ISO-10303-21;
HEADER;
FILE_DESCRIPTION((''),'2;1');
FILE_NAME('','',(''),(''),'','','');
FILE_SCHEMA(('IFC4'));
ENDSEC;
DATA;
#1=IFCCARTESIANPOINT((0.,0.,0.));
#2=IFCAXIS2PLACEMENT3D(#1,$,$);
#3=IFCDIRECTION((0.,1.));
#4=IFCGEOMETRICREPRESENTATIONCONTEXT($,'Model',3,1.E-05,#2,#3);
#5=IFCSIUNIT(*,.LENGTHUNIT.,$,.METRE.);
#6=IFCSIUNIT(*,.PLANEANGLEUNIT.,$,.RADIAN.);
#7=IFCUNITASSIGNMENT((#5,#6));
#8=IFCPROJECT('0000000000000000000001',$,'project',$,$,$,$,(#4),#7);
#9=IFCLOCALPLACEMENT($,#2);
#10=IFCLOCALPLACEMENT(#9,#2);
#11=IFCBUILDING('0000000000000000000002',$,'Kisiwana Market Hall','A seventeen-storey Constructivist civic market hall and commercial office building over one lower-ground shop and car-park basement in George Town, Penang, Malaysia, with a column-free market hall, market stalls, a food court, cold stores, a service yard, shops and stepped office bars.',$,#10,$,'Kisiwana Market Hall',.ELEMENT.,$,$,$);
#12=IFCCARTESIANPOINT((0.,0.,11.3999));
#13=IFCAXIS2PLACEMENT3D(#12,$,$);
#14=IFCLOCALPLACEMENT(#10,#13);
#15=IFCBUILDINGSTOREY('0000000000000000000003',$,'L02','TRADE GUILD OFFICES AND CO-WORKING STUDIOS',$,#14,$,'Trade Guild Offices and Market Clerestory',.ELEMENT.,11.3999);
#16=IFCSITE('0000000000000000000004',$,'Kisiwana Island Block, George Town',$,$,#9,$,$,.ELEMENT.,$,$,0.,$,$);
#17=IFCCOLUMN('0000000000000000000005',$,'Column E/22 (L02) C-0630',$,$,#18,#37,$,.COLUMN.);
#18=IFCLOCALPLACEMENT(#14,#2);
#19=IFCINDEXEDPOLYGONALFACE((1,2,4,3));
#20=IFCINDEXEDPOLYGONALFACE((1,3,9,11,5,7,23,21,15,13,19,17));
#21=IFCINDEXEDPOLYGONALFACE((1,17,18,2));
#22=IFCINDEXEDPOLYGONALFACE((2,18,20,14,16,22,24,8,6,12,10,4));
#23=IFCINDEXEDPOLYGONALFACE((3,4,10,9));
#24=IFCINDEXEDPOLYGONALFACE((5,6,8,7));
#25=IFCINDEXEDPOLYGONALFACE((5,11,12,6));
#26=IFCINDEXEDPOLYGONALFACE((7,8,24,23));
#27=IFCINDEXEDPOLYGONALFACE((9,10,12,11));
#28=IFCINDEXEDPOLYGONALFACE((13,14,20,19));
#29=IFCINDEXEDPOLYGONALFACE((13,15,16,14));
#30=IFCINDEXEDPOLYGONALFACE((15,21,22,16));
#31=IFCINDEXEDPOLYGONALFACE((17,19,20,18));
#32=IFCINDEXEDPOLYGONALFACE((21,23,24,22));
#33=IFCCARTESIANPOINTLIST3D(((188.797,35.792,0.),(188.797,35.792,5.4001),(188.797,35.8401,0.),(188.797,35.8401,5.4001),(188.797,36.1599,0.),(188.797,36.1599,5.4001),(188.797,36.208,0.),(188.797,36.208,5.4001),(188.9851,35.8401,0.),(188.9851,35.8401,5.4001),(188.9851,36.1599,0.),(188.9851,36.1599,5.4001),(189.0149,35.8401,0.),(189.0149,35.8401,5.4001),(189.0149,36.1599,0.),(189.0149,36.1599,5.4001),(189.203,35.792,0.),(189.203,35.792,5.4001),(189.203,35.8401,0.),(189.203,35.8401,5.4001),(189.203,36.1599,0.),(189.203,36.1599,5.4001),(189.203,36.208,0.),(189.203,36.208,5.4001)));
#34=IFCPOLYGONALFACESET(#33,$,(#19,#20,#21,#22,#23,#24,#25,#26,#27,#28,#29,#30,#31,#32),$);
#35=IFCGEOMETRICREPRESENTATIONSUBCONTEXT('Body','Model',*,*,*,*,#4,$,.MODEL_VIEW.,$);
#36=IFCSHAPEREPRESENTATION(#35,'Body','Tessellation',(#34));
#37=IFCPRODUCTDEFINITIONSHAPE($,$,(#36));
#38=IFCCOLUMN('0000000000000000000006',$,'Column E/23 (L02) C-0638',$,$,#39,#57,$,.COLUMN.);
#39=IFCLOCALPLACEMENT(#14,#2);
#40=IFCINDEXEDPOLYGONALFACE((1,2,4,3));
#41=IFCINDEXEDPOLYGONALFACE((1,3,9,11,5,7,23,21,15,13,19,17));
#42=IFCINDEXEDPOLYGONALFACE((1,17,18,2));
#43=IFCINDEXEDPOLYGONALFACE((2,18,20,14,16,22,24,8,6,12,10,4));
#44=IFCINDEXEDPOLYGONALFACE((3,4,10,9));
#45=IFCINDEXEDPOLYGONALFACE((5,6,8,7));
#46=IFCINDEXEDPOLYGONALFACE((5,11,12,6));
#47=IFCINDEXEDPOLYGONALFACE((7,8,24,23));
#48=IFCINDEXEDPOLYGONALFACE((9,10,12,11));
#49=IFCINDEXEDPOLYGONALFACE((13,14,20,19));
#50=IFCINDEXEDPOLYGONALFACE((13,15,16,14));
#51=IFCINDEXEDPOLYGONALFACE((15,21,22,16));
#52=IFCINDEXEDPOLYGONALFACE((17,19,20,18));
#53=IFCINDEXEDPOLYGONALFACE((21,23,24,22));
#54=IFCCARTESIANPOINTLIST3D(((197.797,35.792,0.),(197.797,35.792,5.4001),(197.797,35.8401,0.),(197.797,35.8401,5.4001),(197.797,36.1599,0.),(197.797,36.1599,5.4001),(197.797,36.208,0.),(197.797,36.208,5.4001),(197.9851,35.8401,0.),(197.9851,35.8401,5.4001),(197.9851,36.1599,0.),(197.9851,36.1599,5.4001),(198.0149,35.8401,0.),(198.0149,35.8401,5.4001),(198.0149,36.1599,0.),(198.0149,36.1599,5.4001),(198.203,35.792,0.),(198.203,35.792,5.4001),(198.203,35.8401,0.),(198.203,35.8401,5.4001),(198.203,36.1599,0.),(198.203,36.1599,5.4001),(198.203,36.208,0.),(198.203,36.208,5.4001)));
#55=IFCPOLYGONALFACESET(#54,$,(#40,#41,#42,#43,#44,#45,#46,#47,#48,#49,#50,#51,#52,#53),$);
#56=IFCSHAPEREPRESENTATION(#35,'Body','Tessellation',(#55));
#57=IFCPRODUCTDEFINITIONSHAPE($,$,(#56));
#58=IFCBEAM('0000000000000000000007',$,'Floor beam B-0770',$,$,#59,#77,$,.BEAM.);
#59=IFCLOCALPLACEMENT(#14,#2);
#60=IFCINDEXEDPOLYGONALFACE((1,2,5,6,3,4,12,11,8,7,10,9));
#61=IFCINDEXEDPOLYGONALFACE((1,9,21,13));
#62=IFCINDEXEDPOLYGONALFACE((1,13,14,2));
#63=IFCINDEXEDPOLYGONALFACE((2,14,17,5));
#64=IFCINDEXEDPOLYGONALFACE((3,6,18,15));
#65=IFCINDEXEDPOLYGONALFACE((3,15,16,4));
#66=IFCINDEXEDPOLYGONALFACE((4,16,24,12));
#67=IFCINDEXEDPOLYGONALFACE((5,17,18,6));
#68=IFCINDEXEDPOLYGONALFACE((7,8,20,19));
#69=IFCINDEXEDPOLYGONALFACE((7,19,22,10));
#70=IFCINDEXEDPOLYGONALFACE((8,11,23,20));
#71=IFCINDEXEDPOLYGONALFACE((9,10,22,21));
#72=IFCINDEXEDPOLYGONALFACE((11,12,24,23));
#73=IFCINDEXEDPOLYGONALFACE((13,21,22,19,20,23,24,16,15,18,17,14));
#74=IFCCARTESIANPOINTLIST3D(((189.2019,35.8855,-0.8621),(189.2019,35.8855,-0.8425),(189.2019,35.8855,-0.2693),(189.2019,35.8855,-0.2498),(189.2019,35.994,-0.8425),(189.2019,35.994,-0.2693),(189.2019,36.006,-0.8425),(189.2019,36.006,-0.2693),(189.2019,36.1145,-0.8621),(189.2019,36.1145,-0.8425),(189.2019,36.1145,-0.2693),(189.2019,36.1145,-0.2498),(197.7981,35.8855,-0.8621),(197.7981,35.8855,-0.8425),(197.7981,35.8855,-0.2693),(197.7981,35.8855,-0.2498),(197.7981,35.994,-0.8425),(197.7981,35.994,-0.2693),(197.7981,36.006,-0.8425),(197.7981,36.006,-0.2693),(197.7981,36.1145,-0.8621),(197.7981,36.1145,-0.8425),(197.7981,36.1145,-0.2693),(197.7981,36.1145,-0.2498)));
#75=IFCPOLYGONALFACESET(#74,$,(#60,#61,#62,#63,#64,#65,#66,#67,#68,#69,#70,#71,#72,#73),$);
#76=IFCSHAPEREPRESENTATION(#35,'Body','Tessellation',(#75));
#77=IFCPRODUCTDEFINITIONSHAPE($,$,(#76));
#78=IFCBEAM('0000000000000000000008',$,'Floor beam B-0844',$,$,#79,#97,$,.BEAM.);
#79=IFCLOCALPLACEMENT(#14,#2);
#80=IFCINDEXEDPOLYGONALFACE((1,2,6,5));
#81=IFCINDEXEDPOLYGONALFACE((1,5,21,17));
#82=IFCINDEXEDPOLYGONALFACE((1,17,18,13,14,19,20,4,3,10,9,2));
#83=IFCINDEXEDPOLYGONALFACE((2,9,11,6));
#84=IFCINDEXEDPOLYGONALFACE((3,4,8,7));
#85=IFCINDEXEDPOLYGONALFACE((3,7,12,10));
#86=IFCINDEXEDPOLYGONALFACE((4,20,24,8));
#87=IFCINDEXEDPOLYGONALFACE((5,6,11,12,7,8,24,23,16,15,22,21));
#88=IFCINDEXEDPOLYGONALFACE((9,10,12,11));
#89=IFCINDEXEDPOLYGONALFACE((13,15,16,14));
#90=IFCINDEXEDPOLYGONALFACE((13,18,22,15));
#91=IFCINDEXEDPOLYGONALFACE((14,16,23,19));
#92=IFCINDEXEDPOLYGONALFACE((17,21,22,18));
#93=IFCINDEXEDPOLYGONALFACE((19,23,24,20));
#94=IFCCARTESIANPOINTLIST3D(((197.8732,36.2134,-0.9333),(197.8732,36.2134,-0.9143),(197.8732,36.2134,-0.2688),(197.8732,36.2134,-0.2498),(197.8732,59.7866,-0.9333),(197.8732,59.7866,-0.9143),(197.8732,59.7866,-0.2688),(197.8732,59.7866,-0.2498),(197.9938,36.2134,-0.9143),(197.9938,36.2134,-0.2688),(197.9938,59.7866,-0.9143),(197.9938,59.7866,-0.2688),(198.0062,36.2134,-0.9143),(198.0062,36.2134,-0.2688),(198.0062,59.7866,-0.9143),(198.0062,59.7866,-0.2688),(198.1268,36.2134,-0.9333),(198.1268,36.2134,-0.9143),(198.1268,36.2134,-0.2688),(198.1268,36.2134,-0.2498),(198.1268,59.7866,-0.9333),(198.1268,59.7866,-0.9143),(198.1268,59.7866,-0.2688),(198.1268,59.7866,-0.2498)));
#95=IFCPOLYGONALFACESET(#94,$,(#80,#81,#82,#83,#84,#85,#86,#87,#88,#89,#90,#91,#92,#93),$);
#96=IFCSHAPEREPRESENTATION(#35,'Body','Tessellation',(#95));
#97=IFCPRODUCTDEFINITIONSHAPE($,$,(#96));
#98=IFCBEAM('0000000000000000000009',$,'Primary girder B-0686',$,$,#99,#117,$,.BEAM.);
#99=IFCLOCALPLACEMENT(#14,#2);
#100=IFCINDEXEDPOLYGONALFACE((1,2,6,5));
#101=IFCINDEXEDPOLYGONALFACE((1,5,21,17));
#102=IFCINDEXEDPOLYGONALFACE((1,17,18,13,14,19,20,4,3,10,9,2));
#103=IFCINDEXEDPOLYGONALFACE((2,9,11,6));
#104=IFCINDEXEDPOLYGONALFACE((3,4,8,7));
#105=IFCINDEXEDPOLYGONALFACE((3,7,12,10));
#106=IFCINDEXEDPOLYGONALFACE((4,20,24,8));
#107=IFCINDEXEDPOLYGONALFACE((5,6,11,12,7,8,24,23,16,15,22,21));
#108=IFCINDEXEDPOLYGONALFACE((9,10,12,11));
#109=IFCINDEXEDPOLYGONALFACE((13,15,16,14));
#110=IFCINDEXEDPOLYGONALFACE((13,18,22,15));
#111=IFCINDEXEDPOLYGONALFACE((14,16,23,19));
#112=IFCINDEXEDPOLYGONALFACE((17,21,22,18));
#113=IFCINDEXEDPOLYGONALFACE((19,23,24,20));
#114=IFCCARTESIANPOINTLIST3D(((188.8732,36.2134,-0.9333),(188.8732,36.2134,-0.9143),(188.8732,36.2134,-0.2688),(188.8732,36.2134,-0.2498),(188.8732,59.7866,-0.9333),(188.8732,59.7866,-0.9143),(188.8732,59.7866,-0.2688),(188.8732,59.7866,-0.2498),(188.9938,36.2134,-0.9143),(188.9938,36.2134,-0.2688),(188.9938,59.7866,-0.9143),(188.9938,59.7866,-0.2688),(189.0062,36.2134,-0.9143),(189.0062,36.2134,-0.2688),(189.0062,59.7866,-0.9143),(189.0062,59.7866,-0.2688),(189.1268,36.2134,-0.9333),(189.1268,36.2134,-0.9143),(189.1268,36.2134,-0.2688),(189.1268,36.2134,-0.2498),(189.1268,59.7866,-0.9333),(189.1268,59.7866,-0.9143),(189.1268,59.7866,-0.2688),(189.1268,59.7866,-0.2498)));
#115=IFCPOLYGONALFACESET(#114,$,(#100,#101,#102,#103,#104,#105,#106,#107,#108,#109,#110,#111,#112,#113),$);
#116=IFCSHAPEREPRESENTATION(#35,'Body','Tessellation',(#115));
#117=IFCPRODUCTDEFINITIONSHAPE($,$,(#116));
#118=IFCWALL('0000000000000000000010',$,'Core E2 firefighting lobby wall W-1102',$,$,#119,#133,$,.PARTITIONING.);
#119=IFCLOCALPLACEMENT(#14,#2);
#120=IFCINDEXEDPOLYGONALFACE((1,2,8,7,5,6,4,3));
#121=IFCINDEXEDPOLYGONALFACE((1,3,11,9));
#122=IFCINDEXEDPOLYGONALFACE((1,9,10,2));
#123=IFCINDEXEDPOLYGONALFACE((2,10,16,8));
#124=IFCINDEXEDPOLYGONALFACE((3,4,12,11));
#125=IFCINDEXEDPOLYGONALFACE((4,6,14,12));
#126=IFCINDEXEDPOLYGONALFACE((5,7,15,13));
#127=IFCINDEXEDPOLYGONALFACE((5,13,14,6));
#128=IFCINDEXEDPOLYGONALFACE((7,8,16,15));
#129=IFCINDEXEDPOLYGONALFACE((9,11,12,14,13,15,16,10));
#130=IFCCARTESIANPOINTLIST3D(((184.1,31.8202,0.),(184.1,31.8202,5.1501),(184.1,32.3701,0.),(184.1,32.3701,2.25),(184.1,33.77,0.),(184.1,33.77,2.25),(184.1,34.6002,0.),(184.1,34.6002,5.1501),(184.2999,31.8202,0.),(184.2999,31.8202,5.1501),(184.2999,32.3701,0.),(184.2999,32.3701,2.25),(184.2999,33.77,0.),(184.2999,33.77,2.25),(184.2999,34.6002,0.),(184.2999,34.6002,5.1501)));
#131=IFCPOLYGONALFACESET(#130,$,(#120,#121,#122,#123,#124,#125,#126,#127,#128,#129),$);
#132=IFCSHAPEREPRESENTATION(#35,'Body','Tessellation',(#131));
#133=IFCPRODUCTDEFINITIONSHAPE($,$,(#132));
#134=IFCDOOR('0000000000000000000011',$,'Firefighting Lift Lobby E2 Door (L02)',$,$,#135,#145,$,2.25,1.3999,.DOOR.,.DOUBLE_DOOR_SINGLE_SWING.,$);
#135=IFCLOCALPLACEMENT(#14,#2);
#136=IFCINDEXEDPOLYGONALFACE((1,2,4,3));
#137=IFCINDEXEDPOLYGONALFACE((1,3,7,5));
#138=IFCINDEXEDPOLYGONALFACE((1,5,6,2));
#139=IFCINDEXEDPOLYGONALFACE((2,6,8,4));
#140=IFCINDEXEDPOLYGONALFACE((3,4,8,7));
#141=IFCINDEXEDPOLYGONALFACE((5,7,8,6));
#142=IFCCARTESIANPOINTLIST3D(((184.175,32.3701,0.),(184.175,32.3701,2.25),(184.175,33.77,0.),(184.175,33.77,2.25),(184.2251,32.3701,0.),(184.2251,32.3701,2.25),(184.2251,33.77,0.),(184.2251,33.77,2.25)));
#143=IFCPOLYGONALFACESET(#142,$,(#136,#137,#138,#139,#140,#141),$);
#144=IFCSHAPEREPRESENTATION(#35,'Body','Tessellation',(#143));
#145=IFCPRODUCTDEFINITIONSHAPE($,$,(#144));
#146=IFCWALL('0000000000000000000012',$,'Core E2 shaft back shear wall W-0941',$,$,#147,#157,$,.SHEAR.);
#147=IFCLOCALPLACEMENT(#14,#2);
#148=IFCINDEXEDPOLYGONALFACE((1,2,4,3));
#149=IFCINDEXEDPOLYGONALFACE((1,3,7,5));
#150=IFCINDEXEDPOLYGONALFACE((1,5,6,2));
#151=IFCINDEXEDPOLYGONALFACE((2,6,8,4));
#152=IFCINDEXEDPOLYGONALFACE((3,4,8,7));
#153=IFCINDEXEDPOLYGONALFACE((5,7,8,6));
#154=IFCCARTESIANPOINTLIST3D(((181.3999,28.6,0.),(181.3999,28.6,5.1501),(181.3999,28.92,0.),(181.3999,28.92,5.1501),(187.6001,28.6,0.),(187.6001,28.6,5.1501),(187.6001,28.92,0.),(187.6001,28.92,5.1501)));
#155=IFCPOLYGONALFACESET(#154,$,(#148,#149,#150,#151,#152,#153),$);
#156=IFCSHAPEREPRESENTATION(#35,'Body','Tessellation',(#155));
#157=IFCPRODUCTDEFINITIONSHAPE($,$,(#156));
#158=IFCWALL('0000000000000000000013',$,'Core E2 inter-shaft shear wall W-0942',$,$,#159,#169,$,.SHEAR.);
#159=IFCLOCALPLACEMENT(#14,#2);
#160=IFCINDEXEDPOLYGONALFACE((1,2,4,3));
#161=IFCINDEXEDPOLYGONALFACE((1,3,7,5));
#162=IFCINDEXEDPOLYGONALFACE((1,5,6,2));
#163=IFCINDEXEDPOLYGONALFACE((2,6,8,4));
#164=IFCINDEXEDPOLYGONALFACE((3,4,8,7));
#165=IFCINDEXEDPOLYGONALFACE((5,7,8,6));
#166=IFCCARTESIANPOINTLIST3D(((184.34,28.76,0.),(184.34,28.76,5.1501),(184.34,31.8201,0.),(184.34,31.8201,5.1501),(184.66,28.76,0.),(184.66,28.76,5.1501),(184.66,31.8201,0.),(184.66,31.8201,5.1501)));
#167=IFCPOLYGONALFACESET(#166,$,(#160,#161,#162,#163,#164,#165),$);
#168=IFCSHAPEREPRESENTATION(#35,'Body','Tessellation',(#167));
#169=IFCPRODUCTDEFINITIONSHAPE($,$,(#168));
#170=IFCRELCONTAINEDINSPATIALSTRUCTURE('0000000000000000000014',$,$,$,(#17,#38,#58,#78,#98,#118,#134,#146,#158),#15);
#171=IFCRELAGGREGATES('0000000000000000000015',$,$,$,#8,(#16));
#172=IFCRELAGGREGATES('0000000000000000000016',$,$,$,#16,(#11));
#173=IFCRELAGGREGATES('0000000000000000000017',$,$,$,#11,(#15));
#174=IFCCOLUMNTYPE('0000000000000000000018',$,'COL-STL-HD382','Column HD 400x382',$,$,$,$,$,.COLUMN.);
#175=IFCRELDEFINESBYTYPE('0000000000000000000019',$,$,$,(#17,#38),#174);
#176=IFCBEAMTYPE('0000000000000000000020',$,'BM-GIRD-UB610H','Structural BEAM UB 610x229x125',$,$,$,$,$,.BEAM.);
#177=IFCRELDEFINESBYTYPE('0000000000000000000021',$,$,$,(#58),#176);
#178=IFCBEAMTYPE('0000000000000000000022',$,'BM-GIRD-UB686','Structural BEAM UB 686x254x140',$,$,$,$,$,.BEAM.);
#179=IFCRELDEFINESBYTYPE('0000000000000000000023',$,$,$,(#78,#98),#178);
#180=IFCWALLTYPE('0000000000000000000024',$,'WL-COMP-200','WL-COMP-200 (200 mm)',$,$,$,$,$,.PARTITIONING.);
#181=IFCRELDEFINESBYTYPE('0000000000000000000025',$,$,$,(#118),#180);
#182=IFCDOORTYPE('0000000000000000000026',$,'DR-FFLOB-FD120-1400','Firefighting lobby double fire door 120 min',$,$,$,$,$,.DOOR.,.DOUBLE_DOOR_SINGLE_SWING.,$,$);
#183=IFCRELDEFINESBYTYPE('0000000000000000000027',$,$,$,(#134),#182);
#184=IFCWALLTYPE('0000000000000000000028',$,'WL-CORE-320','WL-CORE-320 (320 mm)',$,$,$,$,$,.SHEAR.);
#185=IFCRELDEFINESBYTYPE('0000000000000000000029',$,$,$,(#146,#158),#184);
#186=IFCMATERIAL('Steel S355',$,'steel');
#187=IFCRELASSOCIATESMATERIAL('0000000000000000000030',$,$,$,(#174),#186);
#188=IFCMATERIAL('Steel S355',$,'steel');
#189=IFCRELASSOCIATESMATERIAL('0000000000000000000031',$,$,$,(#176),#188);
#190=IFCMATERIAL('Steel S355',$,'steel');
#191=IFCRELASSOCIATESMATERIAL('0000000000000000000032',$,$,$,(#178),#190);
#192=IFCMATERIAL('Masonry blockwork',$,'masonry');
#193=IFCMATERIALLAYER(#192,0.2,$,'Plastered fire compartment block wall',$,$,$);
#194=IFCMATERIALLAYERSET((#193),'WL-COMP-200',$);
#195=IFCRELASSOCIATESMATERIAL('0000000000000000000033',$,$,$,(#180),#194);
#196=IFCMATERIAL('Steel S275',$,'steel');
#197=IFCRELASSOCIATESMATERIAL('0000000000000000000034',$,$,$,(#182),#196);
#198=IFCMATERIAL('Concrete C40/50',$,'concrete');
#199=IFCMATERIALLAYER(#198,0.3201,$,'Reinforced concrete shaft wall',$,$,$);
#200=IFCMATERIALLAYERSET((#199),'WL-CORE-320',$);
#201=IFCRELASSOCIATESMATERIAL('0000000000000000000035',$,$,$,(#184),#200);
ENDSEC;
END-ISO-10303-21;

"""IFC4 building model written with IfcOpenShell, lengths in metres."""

from ifc_helpers import new_model, si_unit, direction, frame, frame_2d, origin, origin_2d, place, context, subcontext, project, spatial, rectangle, i_section, extrude, material, layer, layer_set, material_profile, profile_set, type_object, element, fill, save


model = new_model("IFC4")

# Units and contexts
model_context = context("Model", 3, precision=1e-05, world=origin(), true_north=direction((0.0, 1.0)))
body_context = subcontext(model_context, "Body", "Model", "MODEL_VIEW")
ifc_project = project(units=[si_unit("LENGTHUNIT", "METRE"), si_unit("PLANEANGLEUNIT", "RADIAN")], contexts=[model_context])

# Site, building, storey
site_placement = place(None, origin())
site = spatial("IfcSite", under=ifc_project, at=site_placement, Name="Kisiwana Island Block, George Town", CompositionType="ELEMENT", RefElevation=0.0)
building_placement = place(site_placement, origin())
building = spatial("IfcBuilding", under=site, at=building_placement, Name="Kisiwana Market Hall", Description="A seventeen-storey Constructivist civic market hall and commercial office building over one lower-ground shop and car-park basement in George Town, Penang, Malaysia, with a column-free market hall, market stalls, a food court, cold stores, a service yard, shops and stepped office bars.", LongName="Kisiwana Market Hall", CompositionType="ELEMENT")
storey_placement = place(building_placement, frame((0.0, 0.0, 11.3999)))
storey = spatial("IfcBuildingStorey", under=building, at=storey_placement, Name="L02", Description="TRADE GUILD OFFICES AND CO-WORKING STUDIOS", LongName="Trade Guild Offices and Market Clerestory", CompositionType="ELEMENT", Elevation=11.3999)

# Columns
ifc_material_1 = material(Name="Steel S355", Category="steel")
ifc_material_profile_1 = material_profile(ifc_material_1, i_section(OverallWidth=0.406, OverallDepth=0.416, WebThickness=0.0298, FlangeThickness=0.0481, at=origin_2d()), Name="HD 400x382")
ifc_profile_set_1 = profile_set([ifc_material_profile_1], Name="Steel S355")
column_type = type_object("IfcColumnType", Name="COL-STL-HD382", Description="Column HD 400x382", PredefinedType="COLUMN", material=ifc_profile_set_1)
for number, where, z_axis, x_axis, name in (
    (1, (189.0, 36.0, 0.0), (0.0, 0.0, 1.0), (1.0, 0.0, 0.0), "Column E/22 (L02) C-0630"),
    (2, (198.0, 36.0, 0.0), (0.0, 0.0, 1.0), (1.0, 0.0, 0.0), "Column E/23 (L02) C-0638"),
):
    element("IfcColumn", number, at=place(storey_placement, frame(where, z_axis=z_axis, x_axis=x_axis)), inside=storey, type_object=column_type, Name=name, PredefinedType="COLUMN", context=body_context, shape_type="SweptSolid", body=[
        extrude(i_section(OverallWidth=0.406, OverallDepth=0.416, WebThickness=0.0298, FlangeThickness=0.0481, at=origin_2d()), origin(), (0.0, 0.0, 1.0), 5.4001),
    ])

# Beams
ifc_material_2 = material(Name="Steel S355", Category="steel")
ifc_material_profile_2 = material_profile(ifc_material_2, i_section(OverallWidth=0.229, OverallDepth=0.6123, WebThickness=0.012, FlangeThickness=0.0195, at=origin_2d()), Name="UB 610x229x125")
ifc_profile_set_2 = profile_set([ifc_material_profile_2], Name="Steel S355")
beam_type_1 = type_object("IfcBeamType", Name="BM-GIRD-UB610H", Description="Structural BEAM UB 610x229x125", PredefinedType="BEAM", material=ifc_profile_set_2)
beam_placement = place(storey_placement, frame((189.2019, 36.0, -0.5559), z_axis=(1.0, 0.0, 0.0), x_axis=(0.0, 1.0, 0.0)))
element("IfcBeam", 3, at=beam_placement, inside=storey, type_object=beam_type_1, Name="Floor beam B-0770", PredefinedType="BEAM", context=body_context, shape_type="SweptSolid", body=[
    extrude(i_section(OverallWidth=0.229, OverallDepth=0.6123, WebThickness=0.012, FlangeThickness=0.0195, at=origin_2d()), origin(), (0.0, 0.0, 1.0), 8.5962),
])
ifc_material_3 = material(Name="Steel S355", Category="steel")
ifc_material_profile_3 = material_profile(ifc_material_3, i_section(OverallWidth=0.2537, OverallDepth=0.6836, WebThickness=0.0125, FlangeThickness=0.019, at=origin_2d()), Name="UB 686x254x140")
ifc_profile_set_3 = profile_set([ifc_material_profile_3], Name="Steel S355")
beam_type_2 = type_object("IfcBeamType", Name="BM-GIRD-UB686", Description="Structural BEAM UB 686x254x140", PredefinedType="BEAM", material=ifc_profile_set_3)
for number, where, z_axis, x_axis, name in (
    (4, (198.0, 36.2134, -0.5916), (0.0, 1.0, 0.0), (-1.0, 0.0, 0.0), "Floor beam B-0844"),
    (5, (189.0, 36.2134, -0.5916), (0.0, 1.0, 0.0), (-1.0, 0.0, 0.0), "Primary girder B-0686"),
):
    element("IfcBeam", number, at=place(storey_placement, frame(where, z_axis=z_axis, x_axis=x_axis)), inside=storey, type_object=beam_type_2, Name=name, PredefinedType="BEAM", context=body_context, shape_type="SweptSolid", body=[
        extrude(i_section(OverallWidth=0.2537, OverallDepth=0.6836, WebThickness=0.0125, FlangeThickness=0.019, at=origin_2d()), origin(), (0.0, 0.0, 1.0), 23.5732),
    ])

# Wall, opening, door
ifc_material_4 = material(Name="Masonry blockwork", Category="masonry")
ifc_layer_1 = layer(ifc_material_4, 0.2, Name="Plastered fire compartment block wall")
ifc_layer_set_1 = layer_set([ifc_layer_1], Name="WL-COMP-200")
wall_type_1 = type_object("IfcWallType", Name="WL-COMP-200", Description="WL-COMP-200 (200 mm)", PredefinedType="PARTITIONING", material=ifc_layer_set_1)
wall_1_placement = place(storey_placement, frame((184.2, 31.8201, 0.0), z_axis=(0.0, 0.0, 1.0), x_axis=(0.0, 1.0, 0.0)))
wall_1 = element("IfcWall", 6, at=wall_1_placement, inside=storey, type_object=wall_type_1, Name="Core E2 firefighting lobby wall W-1102", PredefinedType="PARTITIONING", context=body_context, shape_type="SweptSolid", body=[
    extrude(rectangle(XDim=2.78, YDim=0.2, at=frame_2d((1.3901, 0.0))), origin(), (0.0, 0.0, 1.0), 5.1501),
])
opening_1_placement = place(wall_1_placement, frame((0.55, 0.0, 0.0)))
opening_1 = element("IfcOpeningElement", 7, at=opening_1_placement, cuts=wall_1, PredefinedType="OPENING", context=body_context, shape_type="SweptSolid", body=[
    extrude(rectangle(XDim=1.3999, YDim=2.25, at=frame_2d((0.7, 1.125))), frame((0.0, 0.1118, 0.0), z_axis=(0.0, -1.0, 0.0), x_axis=(1.0, 0.0, 0.0)), (0.0, 0.0, 1.0), 0.2239),
])
ifc_material_5 = material(Name="Steel S275", Category="steel")
door_type_1 = type_object("IfcDoorType", Name="DR-FFLOB-FD120-1400", Description="Firefighting lobby double fire door 120 min", OperationType="DOUBLE_DOOR_SINGLE_SWING", PredefinedType="DOOR", material=ifc_material_5)
door_1_placement = place(opening_1_placement, origin())
door_1 = element("IfcDoor", 8, at=door_1_placement, inside=storey, type_object=door_type_1, Name="Firefighting Lift Lobby E2 Door (L02)", OperationType="DOUBLE_DOOR_SINGLE_SWING", OverallHeight=2.25, OverallWidth=1.3999, PredefinedType="DOOR", context=body_context, shape_type="SweptSolid", body=[
    extrude(rectangle(XDim=1.3999, YDim=2.25, at=frame_2d((0.7, 1.125))), frame((0.0, 0.0249, 0.0), z_axis=(0.0, -1.0, 0.0), x_axis=(1.0, 0.0, 0.0)), (0.0, 0.0, 1.0), 0.05),
])
fill(opening_1, door_1)

# Walls
ifc_material_6 = material(Name="Concrete C40/50", Category="concrete")
ifc_layer_2 = layer(ifc_material_6, 0.3201, Name="Reinforced concrete shaft wall")
ifc_layer_set_2 = layer_set([ifc_layer_2], Name="WL-CORE-320")
wall_type_2 = type_object("IfcWallType", Name="WL-CORE-320", Description="WL-CORE-320 (320 mm)", PredefinedType="SHEAR", material=ifc_layer_set_2)
wall_2_placement = place(storey_placement, frame((181.3999, 28.76, 0.0), z_axis=(0.0, 0.0, 1.0), x_axis=(1.0, 0.0, 0.0)))
element("IfcWall", 9, at=wall_2_placement, inside=storey, type_object=wall_type_2, Name="Core E2 shaft back shear wall W-0941", PredefinedType="SHEAR", context=body_context, shape_type="SweptSolid", body=[
    extrude(rectangle(XDim=6.2002, YDim=0.3201, at=frame_2d((3.1001, 0.0))), origin(), (0.0, 0.0, 1.0), 5.1501),
])
wall_3_placement = place(storey_placement, frame((184.5, 28.76, 0.0), z_axis=(0.0, 0.0, 1.0), x_axis=(0.0, 1.0, 0.0)))
element("IfcWall", 10, at=wall_3_placement, inside=storey, type_object=wall_type_2, Name="Core E2 inter-shaft shear wall W-0942", PredefinedType="SHEAR", context=body_context, shape_type="SweptSolid", body=[
    extrude(rectangle(XDim=3.0601, YDim=0.3201, at=frame_2d((1.53, 0.0))), origin(), (0.0, 0.0, 1.0), 5.1501),
])

save(model, "model.ifc")
